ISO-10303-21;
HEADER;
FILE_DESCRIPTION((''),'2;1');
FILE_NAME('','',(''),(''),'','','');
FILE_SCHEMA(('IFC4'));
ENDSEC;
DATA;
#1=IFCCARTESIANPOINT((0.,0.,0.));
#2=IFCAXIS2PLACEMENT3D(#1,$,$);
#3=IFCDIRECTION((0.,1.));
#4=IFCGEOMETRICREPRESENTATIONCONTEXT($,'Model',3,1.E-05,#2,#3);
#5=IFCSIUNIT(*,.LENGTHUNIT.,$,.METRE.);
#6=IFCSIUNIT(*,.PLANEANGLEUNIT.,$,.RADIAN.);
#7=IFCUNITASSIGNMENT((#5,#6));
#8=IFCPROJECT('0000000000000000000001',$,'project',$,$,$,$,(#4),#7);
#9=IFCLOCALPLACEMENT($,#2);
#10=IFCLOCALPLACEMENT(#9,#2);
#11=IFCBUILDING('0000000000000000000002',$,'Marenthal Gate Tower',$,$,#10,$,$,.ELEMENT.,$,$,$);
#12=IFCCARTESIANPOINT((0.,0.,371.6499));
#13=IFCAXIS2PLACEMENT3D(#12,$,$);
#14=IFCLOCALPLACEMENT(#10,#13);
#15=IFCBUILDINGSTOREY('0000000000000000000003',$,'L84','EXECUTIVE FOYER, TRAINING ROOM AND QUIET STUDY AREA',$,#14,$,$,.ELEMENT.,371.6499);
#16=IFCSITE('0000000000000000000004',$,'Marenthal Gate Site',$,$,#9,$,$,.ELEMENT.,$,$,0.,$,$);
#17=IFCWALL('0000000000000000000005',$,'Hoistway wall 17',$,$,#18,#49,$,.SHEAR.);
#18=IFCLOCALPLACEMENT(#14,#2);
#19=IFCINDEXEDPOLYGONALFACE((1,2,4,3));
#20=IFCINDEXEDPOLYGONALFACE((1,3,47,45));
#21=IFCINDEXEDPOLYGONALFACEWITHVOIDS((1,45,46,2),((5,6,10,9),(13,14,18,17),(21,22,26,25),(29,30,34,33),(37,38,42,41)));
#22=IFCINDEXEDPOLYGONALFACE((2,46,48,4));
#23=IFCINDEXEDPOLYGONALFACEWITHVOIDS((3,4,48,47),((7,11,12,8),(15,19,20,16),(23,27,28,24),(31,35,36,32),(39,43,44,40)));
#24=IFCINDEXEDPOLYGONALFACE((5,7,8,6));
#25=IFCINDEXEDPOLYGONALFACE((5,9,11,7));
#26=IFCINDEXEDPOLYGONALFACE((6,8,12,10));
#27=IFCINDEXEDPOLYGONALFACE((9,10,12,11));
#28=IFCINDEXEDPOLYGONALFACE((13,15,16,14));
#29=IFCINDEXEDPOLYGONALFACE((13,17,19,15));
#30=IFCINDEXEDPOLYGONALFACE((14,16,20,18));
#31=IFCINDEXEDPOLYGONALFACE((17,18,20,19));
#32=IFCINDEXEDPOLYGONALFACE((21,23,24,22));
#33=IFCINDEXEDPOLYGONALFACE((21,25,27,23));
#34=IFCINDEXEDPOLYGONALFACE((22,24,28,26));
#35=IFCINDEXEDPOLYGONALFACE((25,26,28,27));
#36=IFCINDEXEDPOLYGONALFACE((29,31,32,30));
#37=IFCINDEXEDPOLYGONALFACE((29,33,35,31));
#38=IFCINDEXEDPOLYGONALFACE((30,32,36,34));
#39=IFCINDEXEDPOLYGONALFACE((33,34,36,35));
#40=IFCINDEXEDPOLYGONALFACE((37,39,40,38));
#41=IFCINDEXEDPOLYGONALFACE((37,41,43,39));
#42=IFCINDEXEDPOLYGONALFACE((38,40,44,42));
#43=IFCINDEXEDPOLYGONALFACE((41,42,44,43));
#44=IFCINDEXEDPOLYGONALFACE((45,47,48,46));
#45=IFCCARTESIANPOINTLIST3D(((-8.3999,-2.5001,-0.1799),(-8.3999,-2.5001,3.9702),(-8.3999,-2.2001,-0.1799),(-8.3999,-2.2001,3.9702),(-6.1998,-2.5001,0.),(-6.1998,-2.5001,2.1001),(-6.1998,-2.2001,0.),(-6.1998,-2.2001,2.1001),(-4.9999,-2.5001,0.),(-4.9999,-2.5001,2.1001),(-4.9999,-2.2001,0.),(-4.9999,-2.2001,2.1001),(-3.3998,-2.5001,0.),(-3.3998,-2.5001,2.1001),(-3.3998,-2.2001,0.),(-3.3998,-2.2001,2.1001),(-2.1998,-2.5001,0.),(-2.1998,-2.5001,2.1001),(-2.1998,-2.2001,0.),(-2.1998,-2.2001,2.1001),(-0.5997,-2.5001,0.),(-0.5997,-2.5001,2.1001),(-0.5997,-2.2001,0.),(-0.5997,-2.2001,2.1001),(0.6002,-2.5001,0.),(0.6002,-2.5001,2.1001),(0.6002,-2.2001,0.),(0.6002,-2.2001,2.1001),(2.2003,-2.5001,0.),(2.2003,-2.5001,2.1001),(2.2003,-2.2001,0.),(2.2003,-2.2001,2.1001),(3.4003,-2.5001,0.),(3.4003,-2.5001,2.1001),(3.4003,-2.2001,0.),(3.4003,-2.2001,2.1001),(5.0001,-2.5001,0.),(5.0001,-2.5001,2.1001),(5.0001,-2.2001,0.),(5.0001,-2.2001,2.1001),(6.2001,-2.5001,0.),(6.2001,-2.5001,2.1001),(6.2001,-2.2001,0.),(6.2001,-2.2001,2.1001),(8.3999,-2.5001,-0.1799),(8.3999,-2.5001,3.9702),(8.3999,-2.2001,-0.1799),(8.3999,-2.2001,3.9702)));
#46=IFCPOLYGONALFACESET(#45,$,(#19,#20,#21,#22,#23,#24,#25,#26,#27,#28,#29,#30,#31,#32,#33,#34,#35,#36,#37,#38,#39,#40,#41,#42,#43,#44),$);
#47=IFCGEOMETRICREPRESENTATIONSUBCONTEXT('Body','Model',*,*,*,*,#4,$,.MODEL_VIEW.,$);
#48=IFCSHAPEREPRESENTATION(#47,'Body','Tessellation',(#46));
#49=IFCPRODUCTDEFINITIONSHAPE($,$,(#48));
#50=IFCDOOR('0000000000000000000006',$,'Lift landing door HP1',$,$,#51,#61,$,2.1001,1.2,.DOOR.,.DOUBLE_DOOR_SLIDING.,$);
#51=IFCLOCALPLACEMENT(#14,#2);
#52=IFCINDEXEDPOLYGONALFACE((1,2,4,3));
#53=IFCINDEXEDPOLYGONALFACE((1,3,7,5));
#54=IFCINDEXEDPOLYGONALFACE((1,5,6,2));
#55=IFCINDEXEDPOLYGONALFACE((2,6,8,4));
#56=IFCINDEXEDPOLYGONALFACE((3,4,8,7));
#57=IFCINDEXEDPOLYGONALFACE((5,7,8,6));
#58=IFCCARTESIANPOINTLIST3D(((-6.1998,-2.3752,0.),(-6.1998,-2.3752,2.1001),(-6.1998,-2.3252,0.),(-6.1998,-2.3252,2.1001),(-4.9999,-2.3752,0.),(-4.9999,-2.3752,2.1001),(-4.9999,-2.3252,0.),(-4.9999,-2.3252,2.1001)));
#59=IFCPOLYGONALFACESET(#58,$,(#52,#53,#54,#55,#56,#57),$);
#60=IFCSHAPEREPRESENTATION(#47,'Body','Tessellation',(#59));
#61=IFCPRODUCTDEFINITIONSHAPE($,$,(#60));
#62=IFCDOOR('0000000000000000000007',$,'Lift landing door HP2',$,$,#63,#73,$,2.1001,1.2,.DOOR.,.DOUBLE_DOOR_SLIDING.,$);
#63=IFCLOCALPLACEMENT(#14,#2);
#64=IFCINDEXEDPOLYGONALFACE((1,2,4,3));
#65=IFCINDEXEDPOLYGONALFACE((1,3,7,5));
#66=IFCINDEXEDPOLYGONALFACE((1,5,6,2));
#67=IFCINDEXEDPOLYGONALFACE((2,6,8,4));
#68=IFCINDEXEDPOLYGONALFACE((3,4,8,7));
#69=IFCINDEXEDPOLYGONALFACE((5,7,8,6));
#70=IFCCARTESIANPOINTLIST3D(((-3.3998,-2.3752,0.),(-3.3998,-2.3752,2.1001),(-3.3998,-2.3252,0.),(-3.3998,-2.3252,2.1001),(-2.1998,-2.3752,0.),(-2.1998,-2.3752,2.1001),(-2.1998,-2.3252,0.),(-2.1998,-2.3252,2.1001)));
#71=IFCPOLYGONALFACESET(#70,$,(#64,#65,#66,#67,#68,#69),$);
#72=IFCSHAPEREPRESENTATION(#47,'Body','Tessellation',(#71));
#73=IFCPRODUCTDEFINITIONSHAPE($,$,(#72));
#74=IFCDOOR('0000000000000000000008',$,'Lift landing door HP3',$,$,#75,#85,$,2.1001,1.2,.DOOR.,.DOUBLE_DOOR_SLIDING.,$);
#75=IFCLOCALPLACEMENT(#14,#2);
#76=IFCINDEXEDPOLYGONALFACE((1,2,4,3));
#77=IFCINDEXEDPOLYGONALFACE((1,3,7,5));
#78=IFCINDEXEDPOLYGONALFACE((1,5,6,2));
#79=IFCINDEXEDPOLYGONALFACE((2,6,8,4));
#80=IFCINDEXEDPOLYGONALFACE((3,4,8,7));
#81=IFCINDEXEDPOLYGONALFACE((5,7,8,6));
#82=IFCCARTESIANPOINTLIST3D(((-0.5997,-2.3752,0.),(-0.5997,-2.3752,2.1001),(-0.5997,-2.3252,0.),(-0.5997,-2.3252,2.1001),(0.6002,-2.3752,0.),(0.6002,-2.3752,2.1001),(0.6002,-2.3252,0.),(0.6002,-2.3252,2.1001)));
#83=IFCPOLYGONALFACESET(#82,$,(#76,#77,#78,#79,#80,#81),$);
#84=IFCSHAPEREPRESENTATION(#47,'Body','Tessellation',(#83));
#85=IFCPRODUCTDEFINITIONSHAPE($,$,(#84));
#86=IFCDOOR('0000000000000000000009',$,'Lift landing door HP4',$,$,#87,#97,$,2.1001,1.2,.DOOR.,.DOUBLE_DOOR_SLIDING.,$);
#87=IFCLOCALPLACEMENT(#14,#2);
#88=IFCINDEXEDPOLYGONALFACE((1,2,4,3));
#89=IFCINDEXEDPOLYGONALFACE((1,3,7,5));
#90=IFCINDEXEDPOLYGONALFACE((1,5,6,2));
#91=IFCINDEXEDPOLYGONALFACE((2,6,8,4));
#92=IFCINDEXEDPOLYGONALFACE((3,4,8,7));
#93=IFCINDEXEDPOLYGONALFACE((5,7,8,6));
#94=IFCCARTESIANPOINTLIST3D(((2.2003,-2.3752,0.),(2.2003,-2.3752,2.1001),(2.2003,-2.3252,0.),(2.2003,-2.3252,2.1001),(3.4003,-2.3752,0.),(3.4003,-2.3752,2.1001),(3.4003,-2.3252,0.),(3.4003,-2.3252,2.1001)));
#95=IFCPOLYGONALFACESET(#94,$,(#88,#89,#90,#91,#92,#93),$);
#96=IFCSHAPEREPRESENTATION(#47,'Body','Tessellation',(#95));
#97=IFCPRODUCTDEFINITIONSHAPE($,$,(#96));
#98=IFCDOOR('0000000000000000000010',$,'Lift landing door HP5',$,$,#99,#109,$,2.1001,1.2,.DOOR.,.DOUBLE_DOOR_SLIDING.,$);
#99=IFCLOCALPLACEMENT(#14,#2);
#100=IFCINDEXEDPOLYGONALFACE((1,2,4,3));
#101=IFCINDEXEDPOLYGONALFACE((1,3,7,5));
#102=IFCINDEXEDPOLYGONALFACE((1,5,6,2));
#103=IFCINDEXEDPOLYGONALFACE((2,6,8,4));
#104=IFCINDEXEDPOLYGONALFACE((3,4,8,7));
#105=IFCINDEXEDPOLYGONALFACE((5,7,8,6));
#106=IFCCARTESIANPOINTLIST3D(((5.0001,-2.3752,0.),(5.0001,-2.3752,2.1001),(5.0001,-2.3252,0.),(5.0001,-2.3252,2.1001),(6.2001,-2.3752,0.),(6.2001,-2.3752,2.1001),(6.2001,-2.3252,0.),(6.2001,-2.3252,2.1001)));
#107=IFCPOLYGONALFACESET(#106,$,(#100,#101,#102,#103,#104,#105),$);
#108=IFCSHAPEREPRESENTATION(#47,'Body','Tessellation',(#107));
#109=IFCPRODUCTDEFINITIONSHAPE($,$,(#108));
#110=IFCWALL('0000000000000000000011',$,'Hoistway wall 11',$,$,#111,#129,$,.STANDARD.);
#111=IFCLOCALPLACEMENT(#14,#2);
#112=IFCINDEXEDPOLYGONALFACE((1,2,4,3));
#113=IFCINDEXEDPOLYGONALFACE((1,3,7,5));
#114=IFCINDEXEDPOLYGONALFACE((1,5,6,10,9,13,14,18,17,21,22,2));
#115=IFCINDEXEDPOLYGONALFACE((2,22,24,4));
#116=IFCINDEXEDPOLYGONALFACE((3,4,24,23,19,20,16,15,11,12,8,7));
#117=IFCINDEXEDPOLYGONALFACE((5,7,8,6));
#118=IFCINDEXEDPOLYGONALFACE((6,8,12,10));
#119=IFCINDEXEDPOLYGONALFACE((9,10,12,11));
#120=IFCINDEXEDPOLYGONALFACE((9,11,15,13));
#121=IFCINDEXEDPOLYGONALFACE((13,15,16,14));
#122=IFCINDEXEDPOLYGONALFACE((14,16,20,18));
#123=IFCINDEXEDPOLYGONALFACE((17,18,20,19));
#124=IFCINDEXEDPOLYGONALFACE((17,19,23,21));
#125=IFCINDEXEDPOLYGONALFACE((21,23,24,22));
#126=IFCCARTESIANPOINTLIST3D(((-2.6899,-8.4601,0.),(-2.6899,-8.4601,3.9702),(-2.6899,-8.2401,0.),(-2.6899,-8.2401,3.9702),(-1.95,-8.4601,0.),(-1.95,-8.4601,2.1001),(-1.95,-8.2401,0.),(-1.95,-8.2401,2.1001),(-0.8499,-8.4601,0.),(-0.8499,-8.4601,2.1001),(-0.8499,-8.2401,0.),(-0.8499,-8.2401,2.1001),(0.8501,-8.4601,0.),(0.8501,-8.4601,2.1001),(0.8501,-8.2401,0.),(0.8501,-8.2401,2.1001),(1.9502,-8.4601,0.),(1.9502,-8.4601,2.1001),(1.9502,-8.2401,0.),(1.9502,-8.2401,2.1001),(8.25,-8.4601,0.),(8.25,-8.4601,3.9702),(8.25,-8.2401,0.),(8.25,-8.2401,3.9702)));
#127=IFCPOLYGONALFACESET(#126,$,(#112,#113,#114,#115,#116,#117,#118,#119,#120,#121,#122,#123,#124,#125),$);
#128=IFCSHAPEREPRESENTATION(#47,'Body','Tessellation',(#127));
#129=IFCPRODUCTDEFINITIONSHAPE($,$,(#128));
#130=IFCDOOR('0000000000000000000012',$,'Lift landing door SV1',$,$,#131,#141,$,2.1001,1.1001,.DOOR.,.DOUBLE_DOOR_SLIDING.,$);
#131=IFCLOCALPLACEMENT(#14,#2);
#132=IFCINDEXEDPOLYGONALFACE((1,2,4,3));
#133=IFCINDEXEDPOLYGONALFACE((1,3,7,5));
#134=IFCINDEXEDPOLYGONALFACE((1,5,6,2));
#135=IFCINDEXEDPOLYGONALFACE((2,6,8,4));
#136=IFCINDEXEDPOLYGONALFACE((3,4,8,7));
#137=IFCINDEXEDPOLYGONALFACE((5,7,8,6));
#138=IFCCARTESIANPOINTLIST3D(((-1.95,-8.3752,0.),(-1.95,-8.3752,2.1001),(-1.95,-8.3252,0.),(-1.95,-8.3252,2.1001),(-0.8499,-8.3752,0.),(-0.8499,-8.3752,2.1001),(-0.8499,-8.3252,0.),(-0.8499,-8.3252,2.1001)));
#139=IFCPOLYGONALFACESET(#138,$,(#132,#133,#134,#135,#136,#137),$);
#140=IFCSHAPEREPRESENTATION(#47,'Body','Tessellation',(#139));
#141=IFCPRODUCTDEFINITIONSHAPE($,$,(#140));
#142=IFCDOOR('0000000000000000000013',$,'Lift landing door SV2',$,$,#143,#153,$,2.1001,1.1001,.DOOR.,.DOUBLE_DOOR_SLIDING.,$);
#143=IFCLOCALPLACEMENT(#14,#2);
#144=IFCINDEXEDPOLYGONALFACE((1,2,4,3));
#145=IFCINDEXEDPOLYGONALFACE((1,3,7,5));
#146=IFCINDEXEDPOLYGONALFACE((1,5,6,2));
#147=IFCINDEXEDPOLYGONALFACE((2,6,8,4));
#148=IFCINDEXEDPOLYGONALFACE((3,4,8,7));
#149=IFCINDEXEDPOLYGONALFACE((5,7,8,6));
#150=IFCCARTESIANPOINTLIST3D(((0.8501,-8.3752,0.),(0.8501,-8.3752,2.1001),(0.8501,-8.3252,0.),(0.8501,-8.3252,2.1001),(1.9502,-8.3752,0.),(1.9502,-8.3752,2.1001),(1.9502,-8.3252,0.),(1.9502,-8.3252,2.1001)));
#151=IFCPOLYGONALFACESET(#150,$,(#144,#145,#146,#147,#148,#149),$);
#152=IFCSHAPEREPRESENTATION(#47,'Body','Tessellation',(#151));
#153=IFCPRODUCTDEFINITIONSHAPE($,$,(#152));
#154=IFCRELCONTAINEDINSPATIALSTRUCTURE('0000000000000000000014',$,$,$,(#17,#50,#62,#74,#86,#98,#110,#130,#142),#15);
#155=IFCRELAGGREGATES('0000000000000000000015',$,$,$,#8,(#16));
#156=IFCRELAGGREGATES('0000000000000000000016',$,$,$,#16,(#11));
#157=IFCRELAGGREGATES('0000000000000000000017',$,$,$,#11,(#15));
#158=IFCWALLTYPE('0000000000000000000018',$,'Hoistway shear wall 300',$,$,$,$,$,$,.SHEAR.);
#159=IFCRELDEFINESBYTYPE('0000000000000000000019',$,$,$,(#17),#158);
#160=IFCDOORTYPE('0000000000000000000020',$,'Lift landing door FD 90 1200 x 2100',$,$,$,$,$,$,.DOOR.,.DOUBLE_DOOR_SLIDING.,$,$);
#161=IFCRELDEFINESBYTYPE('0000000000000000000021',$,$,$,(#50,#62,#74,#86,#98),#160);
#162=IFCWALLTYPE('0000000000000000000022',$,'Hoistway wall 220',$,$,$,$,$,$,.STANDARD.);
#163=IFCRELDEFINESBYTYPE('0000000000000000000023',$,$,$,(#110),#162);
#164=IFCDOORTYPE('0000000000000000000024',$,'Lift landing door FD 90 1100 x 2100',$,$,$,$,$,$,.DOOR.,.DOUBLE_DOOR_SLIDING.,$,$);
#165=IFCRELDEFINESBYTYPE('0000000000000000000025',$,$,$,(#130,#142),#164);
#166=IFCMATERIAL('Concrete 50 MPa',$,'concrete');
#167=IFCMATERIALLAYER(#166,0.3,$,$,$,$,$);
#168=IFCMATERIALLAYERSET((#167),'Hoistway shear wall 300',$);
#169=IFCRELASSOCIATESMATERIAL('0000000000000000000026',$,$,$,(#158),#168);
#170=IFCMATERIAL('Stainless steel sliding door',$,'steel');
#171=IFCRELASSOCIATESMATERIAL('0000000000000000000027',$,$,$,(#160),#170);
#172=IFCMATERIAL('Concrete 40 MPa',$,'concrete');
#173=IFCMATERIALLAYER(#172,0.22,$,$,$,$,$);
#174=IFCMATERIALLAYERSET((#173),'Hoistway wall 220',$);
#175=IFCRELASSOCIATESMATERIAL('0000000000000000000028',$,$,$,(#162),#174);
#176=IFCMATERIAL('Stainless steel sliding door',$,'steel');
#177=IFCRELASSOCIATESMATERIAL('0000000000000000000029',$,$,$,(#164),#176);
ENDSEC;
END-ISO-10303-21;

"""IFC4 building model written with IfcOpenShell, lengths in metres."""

from ifc_helpers import new_model, si_unit, direction, frame, frame_2d, origin, place, context, subcontext, project, spatial, rectangle, extrude, material, layer, layer_set, type_object, element, fill, save


model = new_model("IFC4")

# Units and contexts
model_context = context("Model", 3, precision=1e-05, world=origin(), true_north=direction((0.0, 1.0)))
body_context = subcontext(model_context, "Body", "Model", "MODEL_VIEW")
ifc_project = project(units=[si_unit("LENGTHUNIT", "METRE"), si_unit("PLANEANGLEUNIT", "RADIAN")], contexts=[model_context])

# Site, building, storey
site_placement = place(None, origin())
site = spatial("IfcSite", under=ifc_project, at=site_placement, Name="Marenthal Gate Site", CompositionType="ELEMENT", RefElevation=0.0)
building_placement = place(site_placement, origin())
building = spatial("IfcBuilding", under=site, at=building_placement, Name="Marenthal Gate Tower", CompositionType="ELEMENT")
storey_placement = place(building_placement, frame((0.0, 0.0, 371.6499)))
storey = spatial("IfcBuildingStorey", under=building, at=storey_placement, Name="L84", Description="EXECUTIVE FOYER, TRAINING ROOM AND QUIET STUDY AREA", CompositionType="ELEMENT", Elevation=371.6499)

# Walls, openings, doors
ifc_material_1 = material(Name="Concrete 50 MPa", Category="concrete")
ifc_layer_1 = layer(ifc_material_1, 0.3)
ifc_layer_set_1 = layer_set([ifc_layer_1], Name="Hoistway shear wall 300")
wall_type_1 = type_object("IfcWallType", Name="Hoistway shear wall 300", PredefinedType="SHEAR", material=ifc_layer_set_1)
wall_1_placement = place(storey_placement, frame((-8.3999, -2.3501, -0.1799), z_axis=(0.0, 0.0, 1.0), x_axis=(1.0, 0.0, 0.0)))
wall_1 = element("IfcWall", 1, at=wall_1_placement, inside=storey, type_object=wall_type_1, Name="Hoistway wall 17", PredefinedType="SHEAR", context=body_context, shape_type="SweptSolid", body=[
    extrude(rectangle(XDim=16.7998, YDim=0.3, at=frame_2d((8.3999, 0.0))), origin(), (0.0, 0.0, 1.0), 4.1501),
])
opening_1_placement = place(wall_1_placement, frame((2.2, 0.0, 0.1799)))
opening_1 = element("IfcOpeningElement", 2, at=opening_1_placement, cuts=wall_1, PredefinedType="OPENING", context=body_context, shape_type="SweptSolid", body=[
    extrude(rectangle(XDim=1.2, YDim=2.1001, at=frame_2d((0.6001, 1.05))), frame((0.0, 0.1602, 0.0), z_axis=(0.0, -1.0, 0.0), x_axis=(1.0, 0.0, 0.0)), (0.0, 0.0, 1.0), 0.3201),
])
opening_2_placement = place(wall_1_placement, frame((5.0, 0.0, 0.1799)))
opening_2 = element("IfcOpeningElement", 3, at=opening_2_placement, cuts=wall_1, PredefinedType="OPENING", context=body_context, shape_type="SweptSolid", body=[
    extrude(rectangle(XDim=1.2, YDim=2.1001, at=frame_2d((0.6001, 1.05))), frame((0.0, 0.1602, 0.0), z_axis=(0.0, -1.0, 0.0), x_axis=(1.0, 0.0, 0.0)), (0.0, 0.0, 1.0), 0.3201),
])
opening_3_placement = place(wall_1_placement, frame((7.8, 0.0, 0.1799)))
opening_3 = element("IfcOpeningElement", 4, at=opening_3_placement, cuts=wall_1, PredefinedType="OPENING", context=body_context, shape_type="SweptSolid", body=[
    extrude(rectangle(XDim=1.2, YDim=2.1001, at=frame_2d((0.6001, 1.05))), frame((0.0, 0.1602, 0.0), z_axis=(0.0, -1.0, 0.0), x_axis=(1.0, 0.0, 0.0)), (0.0, 0.0, 1.0), 0.3201),
])
opening_4_placement = place(wall_1_placement, frame((10.6001, 0.0, 0.1799)))
opening_4 = element("IfcOpeningElement", 5, at=opening_4_placement, cuts=wall_1, PredefinedType="OPENING", context=body_context, shape_type="SweptSolid", body=[
    extrude(rectangle(XDim=1.2, YDim=2.1001, at=frame_2d((0.6001, 1.05))), frame((0.0, 0.1602, 0.0), z_axis=(0.0, -1.0, 0.0), x_axis=(1.0, 0.0, 0.0)), (0.0, 0.0, 1.0), 0.3201),
])
opening_5_placement = place(wall_1_placement, frame((13.3999, 0.0, 0.1799)))
opening_5 = element("IfcOpeningElement", 6, at=opening_5_placement, cuts=wall_1, PredefinedType="OPENING", context=body_context, shape_type="SweptSolid", body=[
    extrude(rectangle(XDim=1.2, YDim=2.1001, at=frame_2d((0.6001, 1.05))), frame((0.0, 0.1602, 0.0), z_axis=(0.0, -1.0, 0.0), x_axis=(1.0, 0.0, 0.0)), (0.0, 0.0, 1.0), 0.3201),
])
ifc_material_2 = material(Name="Stainless steel sliding door", Category="steel")
door_type_1 = type_object("IfcDoorType", Name="Lift landing door FD 90 1200 x 2100", OperationType="DOUBLE_DOOR_SLIDING", PredefinedType="DOOR", material=ifc_material_2)
door_1_placement = place(opening_1_placement, origin())
door_1 = element("IfcDoor", 7, at=door_1_placement, inside=storey, type_object=door_type_1, Name="Lift landing door HP1", OperationType="DOUBLE_DOOR_SLIDING", OverallHeight=2.1001, OverallWidth=1.2, PredefinedType="DOOR", context=body_context, shape_type="SweptSolid", body=[
    extrude(rectangle(XDim=1.2, YDim=2.1001, at=frame_2d((0.6001, 1.05))), frame((0.0, 0.0249, 0.0), z_axis=(0.0, -1.0, 0.0), x_axis=(1.0, 0.0, 0.0)), (0.0, 0.0, 1.0), 0.05),
])
fill(opening_1, door_1)
door_2_placement = place(opening_2_placement, origin())
door_2 = element("IfcDoor", 8, at=door_2_placement, inside=storey, type_object=door_type_1, Name="Lift landing door HP2", OperationType="DOUBLE_DOOR_SLIDING", OverallHeight=2.1001, OverallWidth=1.2, PredefinedType="DOOR", context=body_context, shape_type="SweptSolid", body=[
    extrude(rectangle(XDim=1.2, YDim=2.1001, at=frame_2d((0.6001, 1.05))), frame((0.0, 0.0249, 0.0), z_axis=(0.0, -1.0, 0.0), x_axis=(1.0, 0.0, 0.0)), (0.0, 0.0, 1.0), 0.05),
])
fill(opening_2, door_2)
door_3_placement = place(opening_3_placement, origin())
door_3 = element("IfcDoor", 9, at=door_3_placement, inside=storey, type_object=door_type_1, Name="Lift landing door HP3", OperationType="DOUBLE_DOOR_SLIDING", OverallHeight=2.1001, OverallWidth=1.2, PredefinedType="DOOR", context=body_context, shape_type="SweptSolid", body=[
    extrude(rectangle(XDim=1.2, YDim=2.1001, at=frame_2d((0.6001, 1.05))), frame((0.0, 0.0249, 0.0), z_axis=(0.0, -1.0, 0.0), x_axis=(1.0, 0.0, 0.0)), (0.0, 0.0, 1.0), 0.05),
])
fill(opening_3, door_3)
door_4_placement = place(opening_4_placement, origin())
door_4 = element("IfcDoor", 10, at=door_4_placement, inside=storey, type_object=door_type_1, Name="Lift landing door HP4", OperationType="DOUBLE_DOOR_SLIDING", OverallHeight=2.1001, OverallWidth=1.2, PredefinedType="DOOR", context=body_context, shape_type="SweptSolid", body=[
    extrude(rectangle(XDim=1.2, YDim=2.1001, at=frame_2d((0.6001, 1.05))), frame((0.0, 0.0249, 0.0), z_axis=(0.0, -1.0, 0.0), x_axis=(1.0, 0.0, 0.0)), (0.0, 0.0, 1.0), 0.05),
])
fill(opening_4, door_4)
door_5_placement = place(opening_5_placement, origin())
door_5 = element("IfcDoor", 11, at=door_5_placement, inside=storey, type_object=door_type_1, Name="Lift landing door HP5", OperationType="DOUBLE_DOOR_SLIDING", OverallHeight=2.1001, OverallWidth=1.2, PredefinedType="DOOR", context=body_context, shape_type="SweptSolid", body=[
    extrude(rectangle(XDim=1.2, YDim=2.1001, at=frame_2d((0.6001, 1.05))), frame((0.0, 0.0249, 0.0), z_axis=(0.0, -1.0, 0.0), x_axis=(1.0, 0.0, 0.0)), (0.0, 0.0, 1.0), 0.05),
])
fill(opening_5, door_5)
ifc_material_3 = material(Name="Concrete 40 MPa", Category="concrete")
ifc_layer_2 = layer(ifc_material_3, 0.22)
ifc_layer_set_2 = layer_set([ifc_layer_2], Name="Hoistway wall 220")
wall_type_2 = type_object("IfcWallType", Name="Hoistway wall 220", PredefinedType="STANDARD", material=ifc_layer_set_2)
wall_2_placement = place(storey_placement, frame((-2.6899, -8.3501, 0.0), z_axis=(0.0, 0.0, 1.0), x_axis=(1.0, 0.0, 0.0)))
wall_2 = element("IfcWall", 12, at=wall_2_placement, inside=storey, type_object=wall_type_2, Name="Hoistway wall 11", PredefinedType="STANDARD", context=body_context, shape_type="SweptSolid", body=[
    extrude(rectangle(XDim=10.9399, YDim=0.22, at=frame_2d((5.47, 0.0))), origin(), (0.0, 0.0, 1.0), 3.9702),
])
opening_6_placement = place(wall_2_placement, frame((0.74, 0.0, 0.0)))
opening_6 = element("IfcOpeningElement", 13, at=opening_6_placement, cuts=wall_2, PredefinedType="OPENING", context=body_context, shape_type="SweptSolid", body=[
    extrude(rectangle(XDim=1.1001, YDim=2.1001, at=frame_2d((0.55, 1.05))), frame((0.0, 0.1201, 0.0), z_axis=(0.0, -1.0, 0.0), x_axis=(1.0, 0.0, 0.0)), (0.0, 0.0, 1.0), 0.24),
])
opening_7_placement = place(wall_2_placement, frame((3.54, 0.0, 0.0)))
opening_7 = element("IfcOpeningElement", 14, at=opening_7_placement, cuts=wall_2, PredefinedType="OPENING", context=body_context, shape_type="SweptSolid", body=[
    extrude(rectangle(XDim=1.1001, YDim=2.1001, at=frame_2d((0.55, 1.05))), frame((0.0, 0.1201, 0.0), z_axis=(0.0, -1.0, 0.0), x_axis=(1.0, 0.0, 0.0)), (0.0, 0.0, 1.0), 0.24),
])
ifc_material_4 = material(Name="Stainless steel sliding door", Category="steel")
door_type_2 = type_object("IfcDoorType", Name="Lift landing door FD 90 1100 x 2100", OperationType="DOUBLE_DOOR_SLIDING", PredefinedType="DOOR", material=ifc_material_4)
door_6_placement = place(opening_6_placement, origin())
door_6 = element("IfcDoor", 15, at=door_6_placement, inside=storey, type_object=door_type_2, Name="Lift landing door SV1", OperationType="DOUBLE_DOOR_SLIDING", OverallHeight=2.1001, OverallWidth=1.1001, PredefinedType="DOOR", context=body_context, shape_type="SweptSolid", body=[
    extrude(rectangle(XDim=1.1001, YDim=2.1001, at=frame_2d((0.55, 1.05))), frame((0.0, 0.0249, 0.0), z_axis=(0.0, -1.0, 0.0), x_axis=(1.0, 0.0, 0.0)), (0.0, 0.0, 1.0), 0.05),
])
fill(opening_6, door_6)
door_7_placement = place(opening_7_placement, origin())
door_7 = element("IfcDoor", 16, at=door_7_placement, inside=storey, type_object=door_type_2, Name="Lift landing door SV2", OperationType="DOUBLE_DOOR_SLIDING", OverallHeight=2.1001, OverallWidth=1.1001, PredefinedType="DOOR", context=body_context, shape_type="SweptSolid", body=[
    extrude(rectangle(XDim=1.1001, YDim=2.1001, at=frame_2d((0.55, 1.05))), frame((0.0, 0.0249, 0.0), z_axis=(0.0, -1.0, 0.0), x_axis=(1.0, 0.0, 0.0)), (0.0, 0.0, 1.0), 0.05),
])
fill(opening_7, door_7)

save(model, "model.ifc")
